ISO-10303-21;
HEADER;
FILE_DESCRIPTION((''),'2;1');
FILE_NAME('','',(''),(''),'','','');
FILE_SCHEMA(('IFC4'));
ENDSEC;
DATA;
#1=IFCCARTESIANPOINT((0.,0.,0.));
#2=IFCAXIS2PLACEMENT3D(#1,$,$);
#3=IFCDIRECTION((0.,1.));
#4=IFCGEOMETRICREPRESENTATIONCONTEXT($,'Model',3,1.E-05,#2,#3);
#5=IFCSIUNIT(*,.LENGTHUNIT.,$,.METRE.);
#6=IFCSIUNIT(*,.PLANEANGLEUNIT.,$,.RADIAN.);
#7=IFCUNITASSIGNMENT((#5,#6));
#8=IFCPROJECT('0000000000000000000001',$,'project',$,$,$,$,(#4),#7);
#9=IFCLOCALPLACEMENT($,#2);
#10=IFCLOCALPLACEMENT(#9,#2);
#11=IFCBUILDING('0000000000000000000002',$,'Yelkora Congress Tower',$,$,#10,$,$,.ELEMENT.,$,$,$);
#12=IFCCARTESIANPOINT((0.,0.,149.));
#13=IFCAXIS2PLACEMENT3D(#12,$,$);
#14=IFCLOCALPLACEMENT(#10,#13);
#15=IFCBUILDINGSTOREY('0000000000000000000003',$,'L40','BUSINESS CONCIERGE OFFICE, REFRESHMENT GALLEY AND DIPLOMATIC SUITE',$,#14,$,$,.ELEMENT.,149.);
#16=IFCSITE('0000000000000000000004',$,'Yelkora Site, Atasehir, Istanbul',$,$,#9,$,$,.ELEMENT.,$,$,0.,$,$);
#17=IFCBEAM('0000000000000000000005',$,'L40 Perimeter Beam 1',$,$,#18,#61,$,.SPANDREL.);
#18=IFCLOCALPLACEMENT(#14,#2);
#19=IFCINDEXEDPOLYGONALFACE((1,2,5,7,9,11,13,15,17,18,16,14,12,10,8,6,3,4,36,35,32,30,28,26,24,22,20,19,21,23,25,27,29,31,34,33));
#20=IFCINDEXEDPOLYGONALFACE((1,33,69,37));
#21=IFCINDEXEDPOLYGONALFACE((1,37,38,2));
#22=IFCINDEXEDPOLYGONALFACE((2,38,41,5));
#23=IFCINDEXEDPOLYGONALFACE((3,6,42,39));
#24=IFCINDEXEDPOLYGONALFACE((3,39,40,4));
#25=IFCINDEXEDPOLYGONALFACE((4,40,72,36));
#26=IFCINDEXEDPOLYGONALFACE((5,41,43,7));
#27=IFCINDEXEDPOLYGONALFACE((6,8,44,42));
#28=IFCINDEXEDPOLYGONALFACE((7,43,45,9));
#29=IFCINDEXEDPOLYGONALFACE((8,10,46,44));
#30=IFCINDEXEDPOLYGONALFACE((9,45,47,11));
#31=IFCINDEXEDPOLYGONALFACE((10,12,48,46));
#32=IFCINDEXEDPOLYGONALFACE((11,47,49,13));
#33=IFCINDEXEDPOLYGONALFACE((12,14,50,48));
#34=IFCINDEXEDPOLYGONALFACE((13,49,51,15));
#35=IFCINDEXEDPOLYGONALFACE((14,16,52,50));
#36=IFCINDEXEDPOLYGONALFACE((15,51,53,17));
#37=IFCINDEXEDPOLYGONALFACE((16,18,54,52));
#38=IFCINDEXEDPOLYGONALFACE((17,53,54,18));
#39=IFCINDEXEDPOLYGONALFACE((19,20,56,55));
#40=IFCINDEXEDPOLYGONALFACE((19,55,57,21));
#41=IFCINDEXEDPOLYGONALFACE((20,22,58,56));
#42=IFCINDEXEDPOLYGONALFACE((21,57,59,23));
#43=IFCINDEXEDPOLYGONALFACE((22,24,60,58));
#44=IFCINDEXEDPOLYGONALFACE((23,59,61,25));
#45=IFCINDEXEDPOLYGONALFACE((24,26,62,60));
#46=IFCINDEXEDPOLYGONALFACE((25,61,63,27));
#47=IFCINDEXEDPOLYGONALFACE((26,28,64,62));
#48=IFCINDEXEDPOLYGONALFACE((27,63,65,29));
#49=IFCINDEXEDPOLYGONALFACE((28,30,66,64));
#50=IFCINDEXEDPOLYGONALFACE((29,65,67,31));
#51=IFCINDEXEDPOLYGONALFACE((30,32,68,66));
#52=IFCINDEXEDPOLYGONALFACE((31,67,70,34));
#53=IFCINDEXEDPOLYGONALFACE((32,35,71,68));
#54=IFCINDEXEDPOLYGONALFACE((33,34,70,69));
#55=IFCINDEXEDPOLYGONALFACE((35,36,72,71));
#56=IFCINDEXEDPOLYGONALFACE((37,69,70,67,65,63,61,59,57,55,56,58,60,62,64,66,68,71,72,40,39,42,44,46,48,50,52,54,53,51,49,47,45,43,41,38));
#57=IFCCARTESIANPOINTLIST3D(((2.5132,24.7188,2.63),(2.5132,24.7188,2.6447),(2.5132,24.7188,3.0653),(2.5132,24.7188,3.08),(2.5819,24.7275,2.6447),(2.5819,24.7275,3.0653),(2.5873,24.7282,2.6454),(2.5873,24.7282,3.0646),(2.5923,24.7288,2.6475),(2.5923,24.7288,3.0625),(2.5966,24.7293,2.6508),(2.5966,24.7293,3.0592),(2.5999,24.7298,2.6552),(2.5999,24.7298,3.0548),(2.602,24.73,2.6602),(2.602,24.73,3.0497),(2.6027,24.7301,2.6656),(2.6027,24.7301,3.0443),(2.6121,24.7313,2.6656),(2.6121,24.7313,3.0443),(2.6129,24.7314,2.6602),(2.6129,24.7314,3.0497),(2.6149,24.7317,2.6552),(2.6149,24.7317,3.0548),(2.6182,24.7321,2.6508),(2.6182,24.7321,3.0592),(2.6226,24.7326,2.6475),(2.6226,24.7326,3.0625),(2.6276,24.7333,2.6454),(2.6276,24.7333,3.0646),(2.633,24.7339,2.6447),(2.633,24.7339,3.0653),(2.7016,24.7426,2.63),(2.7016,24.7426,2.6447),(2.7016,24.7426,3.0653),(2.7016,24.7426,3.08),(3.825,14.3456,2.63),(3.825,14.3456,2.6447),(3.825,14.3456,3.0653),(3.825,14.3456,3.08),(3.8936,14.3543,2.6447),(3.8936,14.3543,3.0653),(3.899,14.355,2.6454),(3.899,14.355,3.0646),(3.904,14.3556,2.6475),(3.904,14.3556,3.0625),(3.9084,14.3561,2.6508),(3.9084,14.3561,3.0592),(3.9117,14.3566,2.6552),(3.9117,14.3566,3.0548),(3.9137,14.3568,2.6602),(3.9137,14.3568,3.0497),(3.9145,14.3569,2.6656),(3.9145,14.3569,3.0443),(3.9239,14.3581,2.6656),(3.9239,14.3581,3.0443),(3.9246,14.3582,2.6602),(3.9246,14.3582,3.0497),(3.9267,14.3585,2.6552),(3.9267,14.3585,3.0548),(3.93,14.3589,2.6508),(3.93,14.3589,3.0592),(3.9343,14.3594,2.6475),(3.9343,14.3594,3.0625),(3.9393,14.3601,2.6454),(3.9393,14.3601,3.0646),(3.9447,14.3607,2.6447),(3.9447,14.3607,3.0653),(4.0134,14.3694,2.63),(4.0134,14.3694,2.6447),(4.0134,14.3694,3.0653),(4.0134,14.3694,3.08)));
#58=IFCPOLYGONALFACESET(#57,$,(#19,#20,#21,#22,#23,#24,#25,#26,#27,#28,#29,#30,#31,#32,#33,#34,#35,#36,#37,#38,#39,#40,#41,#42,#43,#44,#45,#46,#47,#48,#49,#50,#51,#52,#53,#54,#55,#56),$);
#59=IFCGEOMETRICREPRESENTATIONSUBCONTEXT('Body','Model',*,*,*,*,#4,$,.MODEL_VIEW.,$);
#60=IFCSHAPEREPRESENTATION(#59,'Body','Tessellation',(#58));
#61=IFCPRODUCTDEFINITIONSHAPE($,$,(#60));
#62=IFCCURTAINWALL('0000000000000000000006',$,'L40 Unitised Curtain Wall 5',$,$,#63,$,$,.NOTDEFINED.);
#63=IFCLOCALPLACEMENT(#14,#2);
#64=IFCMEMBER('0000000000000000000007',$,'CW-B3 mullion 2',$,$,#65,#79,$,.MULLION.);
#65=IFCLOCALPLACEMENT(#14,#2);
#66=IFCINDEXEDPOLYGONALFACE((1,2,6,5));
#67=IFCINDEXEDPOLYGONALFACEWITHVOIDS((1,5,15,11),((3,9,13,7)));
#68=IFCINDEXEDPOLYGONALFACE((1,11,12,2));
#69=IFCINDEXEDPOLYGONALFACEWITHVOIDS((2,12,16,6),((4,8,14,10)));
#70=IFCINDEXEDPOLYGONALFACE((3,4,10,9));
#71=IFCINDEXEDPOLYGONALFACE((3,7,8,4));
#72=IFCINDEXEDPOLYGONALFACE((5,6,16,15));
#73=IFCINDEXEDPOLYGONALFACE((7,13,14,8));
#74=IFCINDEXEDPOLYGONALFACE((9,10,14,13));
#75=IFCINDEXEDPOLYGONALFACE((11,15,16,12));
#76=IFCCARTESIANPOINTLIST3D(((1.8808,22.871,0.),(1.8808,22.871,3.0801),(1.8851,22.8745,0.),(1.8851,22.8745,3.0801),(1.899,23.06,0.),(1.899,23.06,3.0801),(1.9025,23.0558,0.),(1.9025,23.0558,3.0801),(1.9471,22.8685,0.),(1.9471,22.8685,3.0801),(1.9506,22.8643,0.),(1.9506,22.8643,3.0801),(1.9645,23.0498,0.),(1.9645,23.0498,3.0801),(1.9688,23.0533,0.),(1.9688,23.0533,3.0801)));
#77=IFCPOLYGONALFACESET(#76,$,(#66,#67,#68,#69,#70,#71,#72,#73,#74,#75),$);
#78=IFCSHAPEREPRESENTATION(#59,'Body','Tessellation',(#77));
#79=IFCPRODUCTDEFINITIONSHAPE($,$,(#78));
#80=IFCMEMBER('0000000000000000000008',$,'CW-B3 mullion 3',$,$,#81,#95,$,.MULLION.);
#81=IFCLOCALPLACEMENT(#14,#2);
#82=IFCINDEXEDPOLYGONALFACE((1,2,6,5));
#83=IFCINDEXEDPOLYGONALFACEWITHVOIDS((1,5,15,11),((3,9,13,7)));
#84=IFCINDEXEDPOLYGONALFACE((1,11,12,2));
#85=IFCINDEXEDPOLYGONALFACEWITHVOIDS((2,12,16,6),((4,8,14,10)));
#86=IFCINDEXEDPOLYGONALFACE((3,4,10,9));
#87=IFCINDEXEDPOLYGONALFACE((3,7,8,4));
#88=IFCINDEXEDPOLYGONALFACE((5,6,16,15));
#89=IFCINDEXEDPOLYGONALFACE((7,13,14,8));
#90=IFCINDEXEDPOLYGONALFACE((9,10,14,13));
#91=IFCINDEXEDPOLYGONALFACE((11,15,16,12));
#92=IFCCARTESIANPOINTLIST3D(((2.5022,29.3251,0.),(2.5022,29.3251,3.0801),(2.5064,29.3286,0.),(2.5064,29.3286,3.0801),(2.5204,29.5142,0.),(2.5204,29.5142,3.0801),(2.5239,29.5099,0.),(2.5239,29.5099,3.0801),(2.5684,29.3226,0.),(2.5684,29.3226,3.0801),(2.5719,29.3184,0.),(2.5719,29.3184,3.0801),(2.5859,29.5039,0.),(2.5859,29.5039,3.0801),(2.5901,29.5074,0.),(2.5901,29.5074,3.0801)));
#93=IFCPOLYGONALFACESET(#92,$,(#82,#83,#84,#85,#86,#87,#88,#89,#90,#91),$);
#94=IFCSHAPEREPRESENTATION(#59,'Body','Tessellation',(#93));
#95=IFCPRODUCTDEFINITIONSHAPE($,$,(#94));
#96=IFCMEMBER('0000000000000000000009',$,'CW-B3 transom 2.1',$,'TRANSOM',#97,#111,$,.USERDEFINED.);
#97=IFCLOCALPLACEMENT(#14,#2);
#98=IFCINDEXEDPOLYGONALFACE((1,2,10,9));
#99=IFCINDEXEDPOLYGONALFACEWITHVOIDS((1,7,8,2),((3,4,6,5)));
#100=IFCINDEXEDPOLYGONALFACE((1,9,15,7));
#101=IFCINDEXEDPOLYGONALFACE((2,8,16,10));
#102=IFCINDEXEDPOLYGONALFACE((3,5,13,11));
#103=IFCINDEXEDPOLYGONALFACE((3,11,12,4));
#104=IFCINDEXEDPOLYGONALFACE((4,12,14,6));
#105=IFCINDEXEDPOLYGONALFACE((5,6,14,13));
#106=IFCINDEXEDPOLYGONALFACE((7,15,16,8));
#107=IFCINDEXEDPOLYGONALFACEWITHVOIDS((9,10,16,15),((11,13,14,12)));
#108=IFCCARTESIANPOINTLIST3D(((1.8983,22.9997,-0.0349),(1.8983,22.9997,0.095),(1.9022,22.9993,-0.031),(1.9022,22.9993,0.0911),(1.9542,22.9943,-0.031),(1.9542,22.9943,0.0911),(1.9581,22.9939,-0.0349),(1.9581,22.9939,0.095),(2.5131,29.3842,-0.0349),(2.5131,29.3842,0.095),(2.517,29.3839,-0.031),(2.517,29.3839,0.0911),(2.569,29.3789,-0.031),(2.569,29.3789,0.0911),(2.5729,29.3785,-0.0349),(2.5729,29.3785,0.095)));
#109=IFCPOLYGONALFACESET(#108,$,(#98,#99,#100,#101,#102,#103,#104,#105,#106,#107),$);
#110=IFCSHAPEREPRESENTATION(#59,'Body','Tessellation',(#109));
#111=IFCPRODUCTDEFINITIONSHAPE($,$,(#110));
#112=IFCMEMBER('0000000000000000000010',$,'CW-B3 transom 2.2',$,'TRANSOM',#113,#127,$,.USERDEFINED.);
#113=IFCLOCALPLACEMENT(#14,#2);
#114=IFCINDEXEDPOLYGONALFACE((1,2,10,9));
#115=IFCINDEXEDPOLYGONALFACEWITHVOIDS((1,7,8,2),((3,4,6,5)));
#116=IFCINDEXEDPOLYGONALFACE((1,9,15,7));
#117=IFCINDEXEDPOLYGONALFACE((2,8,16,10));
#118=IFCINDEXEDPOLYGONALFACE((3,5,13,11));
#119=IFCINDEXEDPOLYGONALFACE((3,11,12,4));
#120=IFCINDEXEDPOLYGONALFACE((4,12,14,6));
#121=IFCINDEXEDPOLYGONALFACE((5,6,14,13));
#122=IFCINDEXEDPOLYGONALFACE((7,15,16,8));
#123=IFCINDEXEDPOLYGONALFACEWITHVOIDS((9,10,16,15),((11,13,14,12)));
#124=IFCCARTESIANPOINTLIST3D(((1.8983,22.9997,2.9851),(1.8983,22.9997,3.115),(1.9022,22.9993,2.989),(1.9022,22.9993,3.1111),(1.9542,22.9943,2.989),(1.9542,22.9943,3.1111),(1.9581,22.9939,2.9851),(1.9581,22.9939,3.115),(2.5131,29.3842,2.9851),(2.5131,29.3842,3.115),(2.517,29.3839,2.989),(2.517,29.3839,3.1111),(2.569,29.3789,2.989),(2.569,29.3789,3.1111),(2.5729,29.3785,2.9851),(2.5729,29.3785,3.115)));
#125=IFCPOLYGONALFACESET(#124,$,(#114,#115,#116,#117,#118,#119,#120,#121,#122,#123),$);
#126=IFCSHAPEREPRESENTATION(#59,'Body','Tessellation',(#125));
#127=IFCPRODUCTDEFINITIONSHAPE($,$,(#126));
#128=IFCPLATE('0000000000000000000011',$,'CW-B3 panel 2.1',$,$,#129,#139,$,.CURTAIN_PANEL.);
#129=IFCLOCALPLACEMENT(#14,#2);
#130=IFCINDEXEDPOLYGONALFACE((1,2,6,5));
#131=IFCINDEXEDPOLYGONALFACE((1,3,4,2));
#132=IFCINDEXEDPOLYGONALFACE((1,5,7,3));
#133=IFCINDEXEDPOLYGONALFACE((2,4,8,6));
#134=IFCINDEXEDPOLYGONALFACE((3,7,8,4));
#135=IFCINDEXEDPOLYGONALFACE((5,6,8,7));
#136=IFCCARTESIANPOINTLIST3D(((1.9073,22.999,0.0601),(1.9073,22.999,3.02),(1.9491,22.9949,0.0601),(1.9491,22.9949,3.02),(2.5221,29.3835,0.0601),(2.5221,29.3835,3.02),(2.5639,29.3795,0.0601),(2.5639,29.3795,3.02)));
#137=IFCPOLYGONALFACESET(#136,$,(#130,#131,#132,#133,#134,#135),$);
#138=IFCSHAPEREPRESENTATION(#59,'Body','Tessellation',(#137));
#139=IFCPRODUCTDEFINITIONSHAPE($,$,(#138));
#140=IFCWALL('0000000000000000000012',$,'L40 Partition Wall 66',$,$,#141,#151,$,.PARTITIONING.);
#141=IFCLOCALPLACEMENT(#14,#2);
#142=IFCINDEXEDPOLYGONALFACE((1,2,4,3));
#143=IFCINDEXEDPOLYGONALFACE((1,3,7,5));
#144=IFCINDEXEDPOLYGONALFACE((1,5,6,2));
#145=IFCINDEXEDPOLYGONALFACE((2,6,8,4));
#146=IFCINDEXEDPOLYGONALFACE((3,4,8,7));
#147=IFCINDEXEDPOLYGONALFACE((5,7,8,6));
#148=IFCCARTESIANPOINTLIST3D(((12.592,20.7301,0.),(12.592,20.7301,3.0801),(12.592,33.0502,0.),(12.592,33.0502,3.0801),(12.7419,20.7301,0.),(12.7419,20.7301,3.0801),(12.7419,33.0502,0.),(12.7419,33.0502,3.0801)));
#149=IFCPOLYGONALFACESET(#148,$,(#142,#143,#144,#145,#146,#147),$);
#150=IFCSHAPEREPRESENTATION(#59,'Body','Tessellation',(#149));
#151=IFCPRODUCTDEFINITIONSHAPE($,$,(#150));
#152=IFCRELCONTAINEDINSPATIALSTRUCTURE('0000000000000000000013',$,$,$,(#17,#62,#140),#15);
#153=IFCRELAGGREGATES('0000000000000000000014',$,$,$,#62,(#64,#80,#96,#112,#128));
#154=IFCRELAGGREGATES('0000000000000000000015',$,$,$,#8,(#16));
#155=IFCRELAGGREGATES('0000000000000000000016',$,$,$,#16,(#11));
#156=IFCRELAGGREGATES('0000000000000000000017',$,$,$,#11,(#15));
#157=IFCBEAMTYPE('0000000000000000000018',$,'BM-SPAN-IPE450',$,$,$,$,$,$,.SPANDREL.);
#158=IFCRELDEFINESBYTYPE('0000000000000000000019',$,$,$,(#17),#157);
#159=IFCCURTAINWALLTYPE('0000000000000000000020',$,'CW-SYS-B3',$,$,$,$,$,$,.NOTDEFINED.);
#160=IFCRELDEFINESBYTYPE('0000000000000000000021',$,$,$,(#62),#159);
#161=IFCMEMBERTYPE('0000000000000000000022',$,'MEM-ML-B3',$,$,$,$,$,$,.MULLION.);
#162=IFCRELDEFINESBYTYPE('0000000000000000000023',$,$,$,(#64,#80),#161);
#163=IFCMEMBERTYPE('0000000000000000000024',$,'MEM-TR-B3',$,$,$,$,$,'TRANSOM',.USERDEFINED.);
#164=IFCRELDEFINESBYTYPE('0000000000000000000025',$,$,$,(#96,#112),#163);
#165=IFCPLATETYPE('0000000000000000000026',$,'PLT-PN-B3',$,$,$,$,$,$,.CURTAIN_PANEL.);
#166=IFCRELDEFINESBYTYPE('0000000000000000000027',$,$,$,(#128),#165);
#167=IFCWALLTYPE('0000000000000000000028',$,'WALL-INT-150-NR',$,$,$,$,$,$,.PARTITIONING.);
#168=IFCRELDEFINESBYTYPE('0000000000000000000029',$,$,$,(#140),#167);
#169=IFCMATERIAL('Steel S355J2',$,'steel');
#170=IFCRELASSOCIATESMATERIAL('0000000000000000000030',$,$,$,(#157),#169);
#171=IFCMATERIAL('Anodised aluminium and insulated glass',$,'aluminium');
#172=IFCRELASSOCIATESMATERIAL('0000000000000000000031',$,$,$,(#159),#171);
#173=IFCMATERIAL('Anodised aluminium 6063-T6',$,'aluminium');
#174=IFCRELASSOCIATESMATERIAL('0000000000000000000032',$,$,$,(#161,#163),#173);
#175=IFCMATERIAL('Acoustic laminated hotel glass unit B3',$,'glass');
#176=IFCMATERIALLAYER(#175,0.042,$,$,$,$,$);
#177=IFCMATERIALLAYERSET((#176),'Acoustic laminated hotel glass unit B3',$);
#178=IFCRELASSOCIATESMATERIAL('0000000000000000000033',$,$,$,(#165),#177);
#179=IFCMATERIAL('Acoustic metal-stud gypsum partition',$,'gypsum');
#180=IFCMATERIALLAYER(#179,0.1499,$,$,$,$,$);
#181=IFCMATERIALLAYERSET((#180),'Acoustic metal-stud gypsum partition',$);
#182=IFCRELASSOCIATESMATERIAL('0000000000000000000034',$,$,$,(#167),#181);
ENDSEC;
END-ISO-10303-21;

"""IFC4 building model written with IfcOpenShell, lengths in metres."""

from ifc_helpers import new_model, si_unit, direction, frame, frame_2d, origin, origin_2d, place, context, subcontext, project, spatial, rectangle, hollow_rectangle, i_section, extrude, material, layer, layer_set, material_profile, profile_set, type_object, element, aggregate, save


model = new_model("IFC4")

# Units and contexts
model_context = context("Model", 3, precision=1e-05, world=origin(), true_north=direction((0.0, 1.0)))
body_context = subcontext(model_context, "Body", "Model", "MODEL_VIEW")
ifc_project = project(units=[si_unit("LENGTHUNIT", "METRE"), si_unit("PLANEANGLEUNIT", "RADIAN")], contexts=[model_context])

# Site, building, storey
site_placement = place(None, origin())
site = spatial("IfcSite", under=ifc_project, at=site_placement, Name="Yelkora Site, Atasehir, Istanbul", CompositionType="ELEMENT", RefElevation=0.0)
building_placement = place(site_placement, origin())
building = spatial("IfcBuilding", under=site, at=building_placement, Name="Yelkora Congress Tower", CompositionType="ELEMENT")
storey_placement = place(building_placement, frame((0.0, 0.0, 149.0)))
storey = spatial("IfcBuildingStorey", under=building, at=storey_placement, Name="L40", Description="BUSINESS CONCIERGE OFFICE, REFRESHMENT GALLEY AND DIPLOMATIC SUITE", CompositionType="ELEMENT", Elevation=149.0)

# Beam
ifc_material_1 = material(Name="Steel S355J2", Category="steel")
ifc_material_profile_1 = material_profile(ifc_material_1, i_section(OverallWidth=0.1899, OverallDepth=0.45, WebThickness=0.0095, FlangeThickness=0.0146, FilletRadius=0.021, at=origin_2d()), Name="IPE 450")
ifc_profile_set_1 = profile_set([ifc_material_profile_1], Name="Steel S355J2")
beam_type_1 = type_object("IfcBeamType", Name="BM-SPAN-IPE450", PredefinedType="SPANDREL", material=ifc_profile_set_1)
beam_1_placement = place(storey_placement, frame((2.6074, 24.7307, 2.855), z_axis=(0.125457, -0.992099, 0.0), x_axis=(0.992099, 0.125457, 0.0)))
element("IfcBeam", 1, at=beam_1_placement, inside=storey, type_object=beam_type_1, Name="L40 Perimeter Beam 1", PredefinedType="SPANDREL", context=body_context, shape_type="SweptSolid", body=[
    extrude(i_section(OverallWidth=0.1899, OverallDepth=0.45, WebThickness=0.0095, FlangeThickness=0.0146, FilletRadius=0.021, at=origin_2d()), origin(), (0.0, 0.0, 1.0), 10.4558),
])

# Curtain wall, members, plate
ifc_material_2 = material(Name="Anodised aluminium and insulated glass", Category="aluminium")
curtain_wall_type = type_object("IfcCurtainWallType", Name="CW-SYS-B3", PredefinedType="NOTDEFINED", material=ifc_material_2)
curtain_wall_placement = place(storey_placement, origin())
curtain_wall = element("IfcCurtainWall", 2, at=curtain_wall_placement, inside=storey, type_object=curtain_wall_type, Name="L40 Unitised Curtain Wall 5", PredefinedType="NOTDEFINED")
ifc_material_3 = material(Name="Anodised aluminium 6063-T6", Category="aluminium")
ifc_material_profile_2 = material_profile(ifc_material_3, hollow_rectangle(XDim=0.0701, YDim=0.1899, WallThickness=0.0039, at=origin_2d()), Name="ALU 70x190x4")
ifc_profile_set_2 = profile_set([ifc_material_profile_2], Name="Anodised aluminium 6063-T6")
member_type_1 = type_object("IfcMemberType", Name="MEM-ML-B3", PredefinedType="MULLION", material=ifc_profile_set_2)
member_1_placement = place(storey_placement, frame((1.9248, 22.9622, 0.0), z_axis=(0.0, 0.0, 1.0), x_axis=(-0.995396, 0.095845, 0.0)))
member_1 = element("IfcMember", 3, at=member_1_placement, type_object=member_type_1, Name="CW-B3 mullion 2", PredefinedType="MULLION", context=body_context, shape_type="SweptSolid", body=[
    extrude(hollow_rectangle(XDim=0.0701, YDim=0.1899, WallThickness=0.0039, at=origin_2d()), origin(), (0.0, 0.0, 1.0), 3.0801),
])
member_2_placement = place(storey_placement, frame((2.5461, 29.4163, 0.0), z_axis=(0.0, 0.0, 1.0), x_axis=(-0.995396, 0.095845, 0.0)))
member_2 = element("IfcMember", 4, at=member_2_placement, type_object=member_type_1, Name="CW-B3 mullion 3", PredefinedType="MULLION", context=body_context, shape_type="SweptSolid", body=[
    extrude(hollow_rectangle(XDim=0.0701, YDim=0.1899, WallThickness=0.0039, at=origin_2d()), origin(), (0.0, 0.0, 1.0), 3.0801),
])
ifc_material_profile_3 = material_profile(ifc_material_3, hollow_rectangle(XDim=0.0601, YDim=0.1299, WallThickness=0.0039, at=origin_2d()), Name="ALU 60x130x4")
ifc_profile_set_3 = profile_set([ifc_material_profile_3], Name="Anodised aluminium 6063-T6")
member_type_2 = type_object("IfcMemberType", Name="MEM-TR-B3", ElementType="TRANSOM", PredefinedType="USERDEFINED", material=ifc_profile_set_3)
member_3_placement = place(storey_placement, frame((1.9282, 22.9968, 0.03), z_axis=(0.095844, 0.995396, 0.0), x_axis=(-0.995396, 0.095844, 0.0)))
member_3 = element("IfcMember", 5, at=member_3_placement, type_object=member_type_2, Name="CW-B3 transom 2.1", ObjectType="TRANSOM", PredefinedType="USERDEFINED", context=body_context, shape_type="SweptSolid", body=[
    extrude(hollow_rectangle(XDim=0.0601, YDim=0.1299, WallThickness=0.0039, at=origin_2d()), origin(), (0.0, 0.0, 1.0), 6.4141),
])
member_4_placement = place(storey_placement, frame((1.9282, 22.9968, 3.05), z_axis=(0.095844, 0.995396, 0.0), x_axis=(-0.995396, 0.095844, 0.0)))
member_4 = element("IfcMember", 6, at=member_4_placement, type_object=member_type_2, Name="CW-B3 transom 2.2", ObjectType="TRANSOM", PredefinedType="USERDEFINED", context=body_context, shape_type="SweptSolid", body=[
    extrude(hollow_rectangle(XDim=0.0601, YDim=0.1299, WallThickness=0.0039, at=origin_2d()), origin(), (0.0, 0.0, 1.0), 6.4141),
])
ifc_material_4 = material(Name="Acoustic laminated hotel glass unit B3", Category="glass")
ifc_layer_1 = layer(ifc_material_4, 0.042)
ifc_layer_set_1 = layer_set([ifc_layer_1], Name="Acoustic laminated hotel glass unit B3")
plate_type = type_object("IfcPlateType", Name="PLT-PN-B3", PredefinedType="CURTAIN_PANEL", material=ifc_layer_set_1)
plate_placement = place(storey_placement, frame((2.2356, 26.1892, 0.0601), z_axis=(0.0, 0.0, 1.0), x_axis=(0.095845, 0.995396, 0.0)))
plate = element("IfcPlate", 7, at=plate_placement, type_object=plate_type, Name="CW-B3 panel 2.1", PredefinedType="CURTAIN_PANEL", context=body_context, shape_type="SweptSolid", body=[
    extrude(rectangle(XDim=6.4141, YDim=0.042, at=origin_2d()), origin(), (0.0, 0.0, 1.0), 2.96),
])
aggregate(curtain_wall, [member_1, member_2, member_3, member_4, plate])

# Wall
ifc_material_5 = material(Name="Acoustic metal-stud gypsum partition", Category="gypsum")
ifc_layer_2 = layer(ifc_material_5, 0.1499)
ifc_layer_set_2 = layer_set([ifc_layer_2], Name="Acoustic metal-stud gypsum partition")
wall_type = type_object("IfcWallType", Name="WALL-INT-150-NR", PredefinedType="PARTITIONING", material=ifc_layer_set_2)
wall_1_placement = place(storey_placement, frame((12.667, 20.73, 0.0), z_axis=(0.0, 0.0, 1.0), x_axis=(0.0, 1.0, 0.0)))
element("IfcWall", 8, at=wall_1_placement, inside=storey, type_object=wall_type, Name="L40 Partition Wall 66", PredefinedType="PARTITIONING", context=body_context, shape_type="SweptSolid", body=[
    extrude(rectangle(XDim=12.3201, YDim=0.1499, at=frame_2d((6.1602, 0.0))), origin(), (0.0, 0.0, 1.0), 3.0801),
])

save(model, "model.ifc")
